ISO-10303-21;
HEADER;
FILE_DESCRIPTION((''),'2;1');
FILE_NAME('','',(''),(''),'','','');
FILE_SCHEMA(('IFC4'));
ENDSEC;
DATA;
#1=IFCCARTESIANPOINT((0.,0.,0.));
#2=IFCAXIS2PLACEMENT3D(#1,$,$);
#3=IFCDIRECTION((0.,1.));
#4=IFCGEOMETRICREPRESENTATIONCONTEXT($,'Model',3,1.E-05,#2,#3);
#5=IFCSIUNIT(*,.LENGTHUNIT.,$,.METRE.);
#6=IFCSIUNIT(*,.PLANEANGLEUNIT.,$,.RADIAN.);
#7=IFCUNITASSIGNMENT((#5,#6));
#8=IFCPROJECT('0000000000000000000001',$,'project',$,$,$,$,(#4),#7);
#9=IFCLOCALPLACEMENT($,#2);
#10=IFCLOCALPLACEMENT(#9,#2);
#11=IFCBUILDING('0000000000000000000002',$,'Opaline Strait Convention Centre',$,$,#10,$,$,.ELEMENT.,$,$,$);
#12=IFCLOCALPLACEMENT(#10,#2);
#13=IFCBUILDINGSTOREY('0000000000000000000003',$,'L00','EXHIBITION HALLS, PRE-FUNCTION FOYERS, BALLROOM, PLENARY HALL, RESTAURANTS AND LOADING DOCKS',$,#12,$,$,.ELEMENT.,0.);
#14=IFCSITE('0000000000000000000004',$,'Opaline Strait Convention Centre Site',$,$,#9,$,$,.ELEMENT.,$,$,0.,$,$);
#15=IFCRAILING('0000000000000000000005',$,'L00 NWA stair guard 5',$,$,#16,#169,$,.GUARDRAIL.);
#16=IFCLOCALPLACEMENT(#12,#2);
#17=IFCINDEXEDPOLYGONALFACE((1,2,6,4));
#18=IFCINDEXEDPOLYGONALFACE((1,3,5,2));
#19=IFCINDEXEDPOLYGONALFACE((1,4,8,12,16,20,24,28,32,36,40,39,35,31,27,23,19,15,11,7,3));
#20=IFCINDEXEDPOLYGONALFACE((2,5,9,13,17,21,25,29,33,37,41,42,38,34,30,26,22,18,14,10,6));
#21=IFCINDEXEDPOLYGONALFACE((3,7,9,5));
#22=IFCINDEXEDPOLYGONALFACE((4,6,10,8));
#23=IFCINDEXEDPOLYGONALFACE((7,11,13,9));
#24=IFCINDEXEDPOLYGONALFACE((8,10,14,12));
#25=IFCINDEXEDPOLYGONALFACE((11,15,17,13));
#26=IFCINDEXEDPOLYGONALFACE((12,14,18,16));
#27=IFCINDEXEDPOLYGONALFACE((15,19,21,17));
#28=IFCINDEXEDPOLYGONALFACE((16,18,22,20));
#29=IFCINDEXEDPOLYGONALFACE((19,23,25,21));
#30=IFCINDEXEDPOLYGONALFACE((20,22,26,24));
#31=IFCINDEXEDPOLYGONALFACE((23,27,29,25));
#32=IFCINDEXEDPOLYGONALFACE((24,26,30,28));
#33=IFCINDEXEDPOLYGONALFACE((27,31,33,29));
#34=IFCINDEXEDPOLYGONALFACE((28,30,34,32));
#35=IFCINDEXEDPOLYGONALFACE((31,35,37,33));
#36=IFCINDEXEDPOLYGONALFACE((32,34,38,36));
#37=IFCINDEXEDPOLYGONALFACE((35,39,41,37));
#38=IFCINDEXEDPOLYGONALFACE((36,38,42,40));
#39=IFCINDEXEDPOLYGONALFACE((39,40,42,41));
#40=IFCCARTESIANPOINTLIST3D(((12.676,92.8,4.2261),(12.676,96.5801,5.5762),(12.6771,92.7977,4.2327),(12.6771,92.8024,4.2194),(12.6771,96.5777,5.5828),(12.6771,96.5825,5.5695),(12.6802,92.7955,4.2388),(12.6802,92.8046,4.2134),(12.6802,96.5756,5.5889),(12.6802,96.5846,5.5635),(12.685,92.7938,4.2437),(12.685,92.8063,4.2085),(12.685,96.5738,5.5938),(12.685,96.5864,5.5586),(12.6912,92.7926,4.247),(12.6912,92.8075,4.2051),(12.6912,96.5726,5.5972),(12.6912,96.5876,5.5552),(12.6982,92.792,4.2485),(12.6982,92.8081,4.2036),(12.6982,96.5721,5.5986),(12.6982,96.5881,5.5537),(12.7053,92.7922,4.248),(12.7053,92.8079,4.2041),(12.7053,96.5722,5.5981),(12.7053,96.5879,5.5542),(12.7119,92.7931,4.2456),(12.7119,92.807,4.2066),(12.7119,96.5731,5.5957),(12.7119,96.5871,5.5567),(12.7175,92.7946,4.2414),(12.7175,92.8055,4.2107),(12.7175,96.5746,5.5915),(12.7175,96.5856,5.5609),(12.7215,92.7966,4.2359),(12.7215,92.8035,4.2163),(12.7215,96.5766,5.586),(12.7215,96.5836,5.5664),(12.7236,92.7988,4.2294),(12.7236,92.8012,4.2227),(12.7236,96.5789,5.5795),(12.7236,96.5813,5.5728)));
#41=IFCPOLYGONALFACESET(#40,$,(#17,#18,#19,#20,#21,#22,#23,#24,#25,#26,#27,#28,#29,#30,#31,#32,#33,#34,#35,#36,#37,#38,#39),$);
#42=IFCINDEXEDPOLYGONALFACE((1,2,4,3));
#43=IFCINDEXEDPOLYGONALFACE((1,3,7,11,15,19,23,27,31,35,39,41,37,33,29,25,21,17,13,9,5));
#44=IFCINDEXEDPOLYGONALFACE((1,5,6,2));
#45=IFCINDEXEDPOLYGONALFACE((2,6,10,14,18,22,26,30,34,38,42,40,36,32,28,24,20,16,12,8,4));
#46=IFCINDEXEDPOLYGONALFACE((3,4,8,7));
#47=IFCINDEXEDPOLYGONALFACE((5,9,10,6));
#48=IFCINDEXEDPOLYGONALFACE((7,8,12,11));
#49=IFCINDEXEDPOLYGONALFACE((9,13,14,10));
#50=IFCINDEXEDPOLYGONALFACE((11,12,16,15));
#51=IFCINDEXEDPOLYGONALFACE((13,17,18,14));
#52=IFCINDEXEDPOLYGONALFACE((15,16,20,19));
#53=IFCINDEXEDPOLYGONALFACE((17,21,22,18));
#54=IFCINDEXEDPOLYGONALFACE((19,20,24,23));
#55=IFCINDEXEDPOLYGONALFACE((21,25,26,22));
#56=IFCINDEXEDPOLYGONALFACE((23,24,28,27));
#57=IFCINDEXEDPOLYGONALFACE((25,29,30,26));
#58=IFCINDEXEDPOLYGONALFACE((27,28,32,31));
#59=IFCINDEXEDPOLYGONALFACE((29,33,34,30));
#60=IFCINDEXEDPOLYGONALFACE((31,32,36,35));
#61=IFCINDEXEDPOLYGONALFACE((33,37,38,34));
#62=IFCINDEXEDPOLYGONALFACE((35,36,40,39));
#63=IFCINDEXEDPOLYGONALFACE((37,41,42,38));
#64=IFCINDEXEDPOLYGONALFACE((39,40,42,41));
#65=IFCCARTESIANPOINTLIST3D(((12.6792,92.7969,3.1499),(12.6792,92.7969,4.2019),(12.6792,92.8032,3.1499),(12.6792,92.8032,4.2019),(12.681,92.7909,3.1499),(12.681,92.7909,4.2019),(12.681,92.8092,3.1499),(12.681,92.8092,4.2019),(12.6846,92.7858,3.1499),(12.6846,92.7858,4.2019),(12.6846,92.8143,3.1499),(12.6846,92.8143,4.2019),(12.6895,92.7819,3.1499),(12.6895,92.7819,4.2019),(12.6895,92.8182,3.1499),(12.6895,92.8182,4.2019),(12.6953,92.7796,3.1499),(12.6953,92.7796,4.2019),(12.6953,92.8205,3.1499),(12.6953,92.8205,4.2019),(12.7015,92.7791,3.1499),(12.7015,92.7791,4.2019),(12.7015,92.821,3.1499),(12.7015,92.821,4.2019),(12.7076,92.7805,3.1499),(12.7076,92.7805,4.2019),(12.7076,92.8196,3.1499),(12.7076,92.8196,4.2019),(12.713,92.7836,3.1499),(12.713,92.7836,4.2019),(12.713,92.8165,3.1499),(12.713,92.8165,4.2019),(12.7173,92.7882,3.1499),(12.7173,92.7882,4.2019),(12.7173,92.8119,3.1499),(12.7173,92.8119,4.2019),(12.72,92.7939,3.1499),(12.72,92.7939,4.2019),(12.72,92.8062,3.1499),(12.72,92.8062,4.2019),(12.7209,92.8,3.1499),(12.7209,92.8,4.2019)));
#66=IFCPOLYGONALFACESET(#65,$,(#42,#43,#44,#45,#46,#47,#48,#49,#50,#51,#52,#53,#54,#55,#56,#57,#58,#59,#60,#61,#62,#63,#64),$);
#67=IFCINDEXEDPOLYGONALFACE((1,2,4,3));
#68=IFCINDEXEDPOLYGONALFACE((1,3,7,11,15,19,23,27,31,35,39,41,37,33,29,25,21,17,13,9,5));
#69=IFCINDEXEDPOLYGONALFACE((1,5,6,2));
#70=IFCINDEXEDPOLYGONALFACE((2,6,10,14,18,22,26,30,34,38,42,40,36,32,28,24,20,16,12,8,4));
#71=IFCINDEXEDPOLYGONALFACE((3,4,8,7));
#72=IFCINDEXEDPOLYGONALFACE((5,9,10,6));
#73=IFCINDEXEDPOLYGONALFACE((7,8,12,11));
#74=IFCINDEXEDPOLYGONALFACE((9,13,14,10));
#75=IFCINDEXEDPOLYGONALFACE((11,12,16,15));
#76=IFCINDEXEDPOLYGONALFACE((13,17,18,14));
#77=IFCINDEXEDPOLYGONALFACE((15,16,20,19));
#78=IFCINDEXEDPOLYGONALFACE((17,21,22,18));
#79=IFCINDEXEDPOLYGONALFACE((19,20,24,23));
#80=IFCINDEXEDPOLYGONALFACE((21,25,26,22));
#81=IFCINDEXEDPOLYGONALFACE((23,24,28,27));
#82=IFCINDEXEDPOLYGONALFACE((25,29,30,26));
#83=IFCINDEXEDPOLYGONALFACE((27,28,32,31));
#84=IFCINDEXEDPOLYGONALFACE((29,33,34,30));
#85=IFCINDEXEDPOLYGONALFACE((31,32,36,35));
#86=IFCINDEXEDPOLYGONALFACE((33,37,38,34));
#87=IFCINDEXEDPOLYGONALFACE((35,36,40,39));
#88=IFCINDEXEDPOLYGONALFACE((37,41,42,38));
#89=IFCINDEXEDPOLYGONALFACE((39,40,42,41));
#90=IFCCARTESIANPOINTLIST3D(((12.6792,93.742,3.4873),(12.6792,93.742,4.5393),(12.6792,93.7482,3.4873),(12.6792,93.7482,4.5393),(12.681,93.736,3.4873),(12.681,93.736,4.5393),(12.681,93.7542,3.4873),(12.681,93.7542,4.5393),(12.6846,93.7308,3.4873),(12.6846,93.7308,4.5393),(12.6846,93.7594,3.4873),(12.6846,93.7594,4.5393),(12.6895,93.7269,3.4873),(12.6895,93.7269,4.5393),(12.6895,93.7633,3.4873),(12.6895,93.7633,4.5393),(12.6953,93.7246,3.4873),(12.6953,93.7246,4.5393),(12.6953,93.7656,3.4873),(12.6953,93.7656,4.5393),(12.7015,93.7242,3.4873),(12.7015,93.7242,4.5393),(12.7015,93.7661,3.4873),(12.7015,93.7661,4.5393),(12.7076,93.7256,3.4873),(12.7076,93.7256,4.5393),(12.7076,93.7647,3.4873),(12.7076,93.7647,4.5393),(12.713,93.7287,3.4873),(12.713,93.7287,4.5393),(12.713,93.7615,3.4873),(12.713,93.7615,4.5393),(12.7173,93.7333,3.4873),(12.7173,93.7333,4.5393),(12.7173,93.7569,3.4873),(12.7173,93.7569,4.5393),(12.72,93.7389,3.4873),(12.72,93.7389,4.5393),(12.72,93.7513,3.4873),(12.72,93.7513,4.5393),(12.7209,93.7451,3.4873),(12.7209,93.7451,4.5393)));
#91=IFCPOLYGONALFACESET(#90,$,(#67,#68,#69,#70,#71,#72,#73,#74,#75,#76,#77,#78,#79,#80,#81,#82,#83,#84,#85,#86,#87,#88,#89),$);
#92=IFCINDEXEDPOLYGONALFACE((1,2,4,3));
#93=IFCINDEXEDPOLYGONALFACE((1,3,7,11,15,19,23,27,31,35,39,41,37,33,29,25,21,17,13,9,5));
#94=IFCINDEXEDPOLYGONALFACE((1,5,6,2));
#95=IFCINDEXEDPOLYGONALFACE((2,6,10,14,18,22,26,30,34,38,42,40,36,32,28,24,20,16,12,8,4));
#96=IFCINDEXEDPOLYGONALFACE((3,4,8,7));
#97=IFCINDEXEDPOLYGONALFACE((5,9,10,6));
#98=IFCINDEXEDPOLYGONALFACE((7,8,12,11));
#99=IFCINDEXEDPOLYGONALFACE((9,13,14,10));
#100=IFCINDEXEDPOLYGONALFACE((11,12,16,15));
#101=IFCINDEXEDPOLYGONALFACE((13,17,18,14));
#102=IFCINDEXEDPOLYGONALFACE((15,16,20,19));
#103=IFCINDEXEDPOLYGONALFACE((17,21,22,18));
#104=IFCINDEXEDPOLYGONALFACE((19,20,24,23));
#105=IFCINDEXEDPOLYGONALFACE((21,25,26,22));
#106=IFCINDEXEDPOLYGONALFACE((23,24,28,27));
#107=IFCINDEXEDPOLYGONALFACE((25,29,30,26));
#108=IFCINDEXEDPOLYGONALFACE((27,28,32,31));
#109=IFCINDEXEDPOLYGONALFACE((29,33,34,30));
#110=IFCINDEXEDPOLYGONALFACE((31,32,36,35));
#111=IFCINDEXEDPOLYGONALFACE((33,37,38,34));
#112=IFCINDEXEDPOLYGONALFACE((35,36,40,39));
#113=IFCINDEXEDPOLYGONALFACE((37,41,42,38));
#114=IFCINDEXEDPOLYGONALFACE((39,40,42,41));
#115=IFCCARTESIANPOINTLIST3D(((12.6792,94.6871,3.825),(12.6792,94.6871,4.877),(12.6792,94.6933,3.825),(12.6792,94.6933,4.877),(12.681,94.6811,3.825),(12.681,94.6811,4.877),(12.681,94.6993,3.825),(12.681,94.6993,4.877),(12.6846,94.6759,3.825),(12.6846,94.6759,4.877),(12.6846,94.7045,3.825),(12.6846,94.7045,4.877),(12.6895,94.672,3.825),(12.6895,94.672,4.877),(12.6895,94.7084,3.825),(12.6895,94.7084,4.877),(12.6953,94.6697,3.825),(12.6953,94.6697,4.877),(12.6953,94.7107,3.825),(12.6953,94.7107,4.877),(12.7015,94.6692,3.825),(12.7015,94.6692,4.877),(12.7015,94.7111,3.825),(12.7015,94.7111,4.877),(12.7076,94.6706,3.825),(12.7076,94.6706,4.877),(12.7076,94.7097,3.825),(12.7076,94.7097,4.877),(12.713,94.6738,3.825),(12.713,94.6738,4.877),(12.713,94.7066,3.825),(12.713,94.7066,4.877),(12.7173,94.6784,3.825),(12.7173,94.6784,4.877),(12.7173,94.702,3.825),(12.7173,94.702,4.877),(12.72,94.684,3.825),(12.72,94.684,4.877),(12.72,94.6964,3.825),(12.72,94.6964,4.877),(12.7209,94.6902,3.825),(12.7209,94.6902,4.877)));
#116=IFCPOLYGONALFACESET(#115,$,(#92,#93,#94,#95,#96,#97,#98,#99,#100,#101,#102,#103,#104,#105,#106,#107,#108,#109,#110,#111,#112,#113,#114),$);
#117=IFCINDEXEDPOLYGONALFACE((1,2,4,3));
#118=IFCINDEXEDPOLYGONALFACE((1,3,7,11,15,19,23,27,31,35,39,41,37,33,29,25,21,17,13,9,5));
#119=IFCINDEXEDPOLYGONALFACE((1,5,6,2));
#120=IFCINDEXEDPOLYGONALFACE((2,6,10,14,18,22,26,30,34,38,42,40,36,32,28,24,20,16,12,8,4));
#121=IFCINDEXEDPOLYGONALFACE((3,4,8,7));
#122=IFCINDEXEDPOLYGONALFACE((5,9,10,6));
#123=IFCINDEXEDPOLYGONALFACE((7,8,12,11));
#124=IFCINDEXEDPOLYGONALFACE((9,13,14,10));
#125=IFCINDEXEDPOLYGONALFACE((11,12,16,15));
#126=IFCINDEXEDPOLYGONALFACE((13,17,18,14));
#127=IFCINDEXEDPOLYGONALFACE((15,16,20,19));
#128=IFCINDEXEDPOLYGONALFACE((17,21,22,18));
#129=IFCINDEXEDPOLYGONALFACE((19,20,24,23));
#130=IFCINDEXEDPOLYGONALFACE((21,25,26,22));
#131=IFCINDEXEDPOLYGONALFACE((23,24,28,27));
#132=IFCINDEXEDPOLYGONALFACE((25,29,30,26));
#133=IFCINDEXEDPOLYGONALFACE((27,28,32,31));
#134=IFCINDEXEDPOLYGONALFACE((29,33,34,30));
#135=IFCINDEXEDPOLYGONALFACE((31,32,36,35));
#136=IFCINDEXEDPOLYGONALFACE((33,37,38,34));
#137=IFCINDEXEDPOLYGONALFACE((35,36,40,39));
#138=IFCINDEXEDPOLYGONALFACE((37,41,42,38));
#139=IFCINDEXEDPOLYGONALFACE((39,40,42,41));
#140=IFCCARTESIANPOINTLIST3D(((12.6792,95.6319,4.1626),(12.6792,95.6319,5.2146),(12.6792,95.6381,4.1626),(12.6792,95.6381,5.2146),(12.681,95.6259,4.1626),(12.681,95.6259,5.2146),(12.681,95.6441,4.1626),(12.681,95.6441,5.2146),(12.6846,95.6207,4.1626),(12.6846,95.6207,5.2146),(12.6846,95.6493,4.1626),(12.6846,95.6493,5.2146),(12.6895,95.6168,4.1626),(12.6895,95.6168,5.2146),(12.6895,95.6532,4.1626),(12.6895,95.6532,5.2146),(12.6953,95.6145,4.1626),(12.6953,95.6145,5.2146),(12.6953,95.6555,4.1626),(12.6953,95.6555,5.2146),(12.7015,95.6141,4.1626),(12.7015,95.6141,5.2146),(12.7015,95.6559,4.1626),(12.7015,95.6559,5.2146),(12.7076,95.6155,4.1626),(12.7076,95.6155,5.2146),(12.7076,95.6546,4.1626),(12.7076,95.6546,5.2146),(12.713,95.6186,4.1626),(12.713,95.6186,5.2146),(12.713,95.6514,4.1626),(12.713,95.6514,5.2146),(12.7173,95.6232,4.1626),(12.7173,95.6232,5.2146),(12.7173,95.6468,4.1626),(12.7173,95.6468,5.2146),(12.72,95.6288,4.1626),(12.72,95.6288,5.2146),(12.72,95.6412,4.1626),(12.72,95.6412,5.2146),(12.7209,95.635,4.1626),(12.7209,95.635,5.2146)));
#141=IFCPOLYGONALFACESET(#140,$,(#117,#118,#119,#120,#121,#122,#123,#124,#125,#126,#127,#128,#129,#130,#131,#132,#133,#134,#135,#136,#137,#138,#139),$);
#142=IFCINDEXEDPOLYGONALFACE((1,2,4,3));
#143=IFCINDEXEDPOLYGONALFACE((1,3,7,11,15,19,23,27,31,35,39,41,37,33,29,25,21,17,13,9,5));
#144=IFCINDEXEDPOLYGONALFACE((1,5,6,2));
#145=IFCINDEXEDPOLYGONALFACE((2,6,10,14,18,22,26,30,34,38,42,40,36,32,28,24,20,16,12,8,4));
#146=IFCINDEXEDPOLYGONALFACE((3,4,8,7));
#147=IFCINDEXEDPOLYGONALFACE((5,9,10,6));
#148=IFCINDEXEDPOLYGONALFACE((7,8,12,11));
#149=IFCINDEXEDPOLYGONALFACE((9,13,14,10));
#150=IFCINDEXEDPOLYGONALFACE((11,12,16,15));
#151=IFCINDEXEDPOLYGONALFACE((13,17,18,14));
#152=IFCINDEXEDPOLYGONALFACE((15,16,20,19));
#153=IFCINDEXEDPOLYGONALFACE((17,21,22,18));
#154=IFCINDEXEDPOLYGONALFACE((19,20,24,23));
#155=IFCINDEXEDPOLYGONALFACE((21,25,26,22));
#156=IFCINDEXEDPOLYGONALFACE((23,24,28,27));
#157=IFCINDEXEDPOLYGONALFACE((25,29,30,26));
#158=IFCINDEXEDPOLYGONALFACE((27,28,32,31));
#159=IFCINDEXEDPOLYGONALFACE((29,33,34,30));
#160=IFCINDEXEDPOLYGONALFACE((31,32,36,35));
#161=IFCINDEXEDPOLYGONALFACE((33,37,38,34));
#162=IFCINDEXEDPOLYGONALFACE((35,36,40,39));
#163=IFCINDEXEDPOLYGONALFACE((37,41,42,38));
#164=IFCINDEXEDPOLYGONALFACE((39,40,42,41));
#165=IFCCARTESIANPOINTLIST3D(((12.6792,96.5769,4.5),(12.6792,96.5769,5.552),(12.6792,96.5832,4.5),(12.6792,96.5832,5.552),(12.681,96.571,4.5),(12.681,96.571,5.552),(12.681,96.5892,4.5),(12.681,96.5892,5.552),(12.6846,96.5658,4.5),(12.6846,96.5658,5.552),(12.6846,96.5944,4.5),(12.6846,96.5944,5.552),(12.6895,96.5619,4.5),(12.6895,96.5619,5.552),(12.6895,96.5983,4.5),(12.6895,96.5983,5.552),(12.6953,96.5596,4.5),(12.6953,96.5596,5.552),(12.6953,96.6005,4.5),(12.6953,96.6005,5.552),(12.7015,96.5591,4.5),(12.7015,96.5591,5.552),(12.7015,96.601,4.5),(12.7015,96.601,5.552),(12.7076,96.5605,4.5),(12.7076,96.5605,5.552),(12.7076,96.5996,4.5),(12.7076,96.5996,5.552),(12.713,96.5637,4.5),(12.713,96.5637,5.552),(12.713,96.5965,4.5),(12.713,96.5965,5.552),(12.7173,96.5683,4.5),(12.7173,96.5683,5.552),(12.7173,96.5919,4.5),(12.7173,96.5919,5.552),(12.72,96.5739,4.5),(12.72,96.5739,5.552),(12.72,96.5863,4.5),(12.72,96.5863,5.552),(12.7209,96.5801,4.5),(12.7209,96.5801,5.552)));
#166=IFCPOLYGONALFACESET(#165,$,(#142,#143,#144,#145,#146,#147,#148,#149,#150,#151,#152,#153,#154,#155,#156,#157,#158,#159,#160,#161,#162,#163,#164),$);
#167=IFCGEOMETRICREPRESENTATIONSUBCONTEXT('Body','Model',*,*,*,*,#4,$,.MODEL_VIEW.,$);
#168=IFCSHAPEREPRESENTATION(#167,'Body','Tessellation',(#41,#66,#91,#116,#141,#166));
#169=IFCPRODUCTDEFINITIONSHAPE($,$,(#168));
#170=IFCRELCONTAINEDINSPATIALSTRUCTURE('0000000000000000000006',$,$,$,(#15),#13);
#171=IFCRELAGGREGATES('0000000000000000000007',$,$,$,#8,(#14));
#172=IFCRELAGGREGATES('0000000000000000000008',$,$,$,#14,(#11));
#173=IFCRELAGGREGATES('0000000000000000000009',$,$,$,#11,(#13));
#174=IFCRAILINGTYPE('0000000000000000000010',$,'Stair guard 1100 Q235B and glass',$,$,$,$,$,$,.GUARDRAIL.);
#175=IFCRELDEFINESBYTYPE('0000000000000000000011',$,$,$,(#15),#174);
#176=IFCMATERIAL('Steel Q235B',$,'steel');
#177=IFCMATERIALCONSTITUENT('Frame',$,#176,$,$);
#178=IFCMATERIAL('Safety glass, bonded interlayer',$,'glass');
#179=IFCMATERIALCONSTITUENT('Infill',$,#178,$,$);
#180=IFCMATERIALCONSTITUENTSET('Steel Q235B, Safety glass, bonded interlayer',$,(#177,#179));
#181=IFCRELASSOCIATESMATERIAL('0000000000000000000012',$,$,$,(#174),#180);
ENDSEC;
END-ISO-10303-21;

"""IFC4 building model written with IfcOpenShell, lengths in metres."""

from ifc_helpers import new_model, si_unit, direction, frame, origin, origin_2d, place, context, subcontext, project, spatial, circle, extrude, material, constituent, constituent_set, type_object, element, save


model = new_model("IFC4")

# Units and contexts
model_context = context("Model", 3, precision=1e-05, world=origin(), true_north=direction((0.0, 1.0)))
body_context = subcontext(model_context, "Body", "Model", "MODEL_VIEW")
ifc_project = project(units=[si_unit("LENGTHUNIT", "METRE"), si_unit("PLANEANGLEUNIT", "RADIAN")], contexts=[model_context])

# Site, building, storey
site_placement = place(None, origin())
site = spatial("IfcSite", under=ifc_project, at=site_placement, Name="Opaline Strait Convention Centre Site", CompositionType="ELEMENT", RefElevation=0.0)
building_placement = place(site_placement, origin())
building = spatial("IfcBuilding", under=site, at=building_placement, Name="Opaline Strait Convention Centre", CompositionType="ELEMENT")
storey_placement = place(building_placement, origin())
storey = spatial("IfcBuildingStorey", under=building, at=storey_placement, Name="L00", Description="EXHIBITION HALLS, PRE-FUNCTION FOYERS, BALLROOM, PLENARY HALL, RESTAURANTS AND LOADING DOCKS", CompositionType="ELEMENT", Elevation=0.0)

# Railing
ifc_material_1 = material(Name="Steel Q235B", Category="steel")
ifc_constituent_1 = constituent(ifc_material_1, Name="Frame")
ifc_material_2 = material(Name="Safety glass, bonded interlayer", Category="glass")
ifc_constituent_2 = constituent(ifc_material_2, Name="Infill")
ifc_constituent_set = constituent_set(constituents=[ifc_constituent_1, ifc_constituent_2], Name="Steel Q235B, Safety glass, bonded interlayer")
railing_type_1 = type_object("IfcRailingType", Name="Stair guard 1100 Q235B and glass", PredefinedType="GUARDRAIL", material=ifc_constituent_set)
railing_1_placement = place(storey_placement, frame((12.7, 92.8, 3.1499)))
element("IfcRailing", 1, at=railing_1_placement, inside=storey, type_object=railing_type_1, Name="L00 NWA stair guard 5", PredefinedType="GUARDRAIL", context=body_context, shape_type="SweptSolid", body=[
    extrude(circle(Radius=0.0239, at=origin_2d()), frame((0.0, 0.0, 1.0762), z_axis=(0.0, 0.941735, 0.336356), x_axis=(-1.0, 0.0, 0.0)), (0.0, 0.0, 1.0), 4.0139),
    extrude(circle(Radius=0.021, at=origin_2d()), origin(), (0.0, 0.0, 1.0), 1.052),
    extrude(circle(Radius=0.021, at=origin_2d()), frame((0.0, 0.9451, 0.3374)), (0.0, 0.0, 1.0), 1.052),
    extrude(circle(Radius=0.021, at=origin_2d()), frame((0.0, 1.8901, 0.675)), (0.0, 0.0, 1.0), 1.052),
    extrude(circle(Radius=0.021, at=origin_2d()), frame((0.0, 2.835, 1.0127)), (0.0, 0.0, 1.0), 1.052),
    extrude(circle(Radius=0.021, at=origin_2d()), frame((0.0, 3.78, 1.3501)), (0.0, 0.0, 1.0), 1.052),
])

save(model, "model.ifc")
